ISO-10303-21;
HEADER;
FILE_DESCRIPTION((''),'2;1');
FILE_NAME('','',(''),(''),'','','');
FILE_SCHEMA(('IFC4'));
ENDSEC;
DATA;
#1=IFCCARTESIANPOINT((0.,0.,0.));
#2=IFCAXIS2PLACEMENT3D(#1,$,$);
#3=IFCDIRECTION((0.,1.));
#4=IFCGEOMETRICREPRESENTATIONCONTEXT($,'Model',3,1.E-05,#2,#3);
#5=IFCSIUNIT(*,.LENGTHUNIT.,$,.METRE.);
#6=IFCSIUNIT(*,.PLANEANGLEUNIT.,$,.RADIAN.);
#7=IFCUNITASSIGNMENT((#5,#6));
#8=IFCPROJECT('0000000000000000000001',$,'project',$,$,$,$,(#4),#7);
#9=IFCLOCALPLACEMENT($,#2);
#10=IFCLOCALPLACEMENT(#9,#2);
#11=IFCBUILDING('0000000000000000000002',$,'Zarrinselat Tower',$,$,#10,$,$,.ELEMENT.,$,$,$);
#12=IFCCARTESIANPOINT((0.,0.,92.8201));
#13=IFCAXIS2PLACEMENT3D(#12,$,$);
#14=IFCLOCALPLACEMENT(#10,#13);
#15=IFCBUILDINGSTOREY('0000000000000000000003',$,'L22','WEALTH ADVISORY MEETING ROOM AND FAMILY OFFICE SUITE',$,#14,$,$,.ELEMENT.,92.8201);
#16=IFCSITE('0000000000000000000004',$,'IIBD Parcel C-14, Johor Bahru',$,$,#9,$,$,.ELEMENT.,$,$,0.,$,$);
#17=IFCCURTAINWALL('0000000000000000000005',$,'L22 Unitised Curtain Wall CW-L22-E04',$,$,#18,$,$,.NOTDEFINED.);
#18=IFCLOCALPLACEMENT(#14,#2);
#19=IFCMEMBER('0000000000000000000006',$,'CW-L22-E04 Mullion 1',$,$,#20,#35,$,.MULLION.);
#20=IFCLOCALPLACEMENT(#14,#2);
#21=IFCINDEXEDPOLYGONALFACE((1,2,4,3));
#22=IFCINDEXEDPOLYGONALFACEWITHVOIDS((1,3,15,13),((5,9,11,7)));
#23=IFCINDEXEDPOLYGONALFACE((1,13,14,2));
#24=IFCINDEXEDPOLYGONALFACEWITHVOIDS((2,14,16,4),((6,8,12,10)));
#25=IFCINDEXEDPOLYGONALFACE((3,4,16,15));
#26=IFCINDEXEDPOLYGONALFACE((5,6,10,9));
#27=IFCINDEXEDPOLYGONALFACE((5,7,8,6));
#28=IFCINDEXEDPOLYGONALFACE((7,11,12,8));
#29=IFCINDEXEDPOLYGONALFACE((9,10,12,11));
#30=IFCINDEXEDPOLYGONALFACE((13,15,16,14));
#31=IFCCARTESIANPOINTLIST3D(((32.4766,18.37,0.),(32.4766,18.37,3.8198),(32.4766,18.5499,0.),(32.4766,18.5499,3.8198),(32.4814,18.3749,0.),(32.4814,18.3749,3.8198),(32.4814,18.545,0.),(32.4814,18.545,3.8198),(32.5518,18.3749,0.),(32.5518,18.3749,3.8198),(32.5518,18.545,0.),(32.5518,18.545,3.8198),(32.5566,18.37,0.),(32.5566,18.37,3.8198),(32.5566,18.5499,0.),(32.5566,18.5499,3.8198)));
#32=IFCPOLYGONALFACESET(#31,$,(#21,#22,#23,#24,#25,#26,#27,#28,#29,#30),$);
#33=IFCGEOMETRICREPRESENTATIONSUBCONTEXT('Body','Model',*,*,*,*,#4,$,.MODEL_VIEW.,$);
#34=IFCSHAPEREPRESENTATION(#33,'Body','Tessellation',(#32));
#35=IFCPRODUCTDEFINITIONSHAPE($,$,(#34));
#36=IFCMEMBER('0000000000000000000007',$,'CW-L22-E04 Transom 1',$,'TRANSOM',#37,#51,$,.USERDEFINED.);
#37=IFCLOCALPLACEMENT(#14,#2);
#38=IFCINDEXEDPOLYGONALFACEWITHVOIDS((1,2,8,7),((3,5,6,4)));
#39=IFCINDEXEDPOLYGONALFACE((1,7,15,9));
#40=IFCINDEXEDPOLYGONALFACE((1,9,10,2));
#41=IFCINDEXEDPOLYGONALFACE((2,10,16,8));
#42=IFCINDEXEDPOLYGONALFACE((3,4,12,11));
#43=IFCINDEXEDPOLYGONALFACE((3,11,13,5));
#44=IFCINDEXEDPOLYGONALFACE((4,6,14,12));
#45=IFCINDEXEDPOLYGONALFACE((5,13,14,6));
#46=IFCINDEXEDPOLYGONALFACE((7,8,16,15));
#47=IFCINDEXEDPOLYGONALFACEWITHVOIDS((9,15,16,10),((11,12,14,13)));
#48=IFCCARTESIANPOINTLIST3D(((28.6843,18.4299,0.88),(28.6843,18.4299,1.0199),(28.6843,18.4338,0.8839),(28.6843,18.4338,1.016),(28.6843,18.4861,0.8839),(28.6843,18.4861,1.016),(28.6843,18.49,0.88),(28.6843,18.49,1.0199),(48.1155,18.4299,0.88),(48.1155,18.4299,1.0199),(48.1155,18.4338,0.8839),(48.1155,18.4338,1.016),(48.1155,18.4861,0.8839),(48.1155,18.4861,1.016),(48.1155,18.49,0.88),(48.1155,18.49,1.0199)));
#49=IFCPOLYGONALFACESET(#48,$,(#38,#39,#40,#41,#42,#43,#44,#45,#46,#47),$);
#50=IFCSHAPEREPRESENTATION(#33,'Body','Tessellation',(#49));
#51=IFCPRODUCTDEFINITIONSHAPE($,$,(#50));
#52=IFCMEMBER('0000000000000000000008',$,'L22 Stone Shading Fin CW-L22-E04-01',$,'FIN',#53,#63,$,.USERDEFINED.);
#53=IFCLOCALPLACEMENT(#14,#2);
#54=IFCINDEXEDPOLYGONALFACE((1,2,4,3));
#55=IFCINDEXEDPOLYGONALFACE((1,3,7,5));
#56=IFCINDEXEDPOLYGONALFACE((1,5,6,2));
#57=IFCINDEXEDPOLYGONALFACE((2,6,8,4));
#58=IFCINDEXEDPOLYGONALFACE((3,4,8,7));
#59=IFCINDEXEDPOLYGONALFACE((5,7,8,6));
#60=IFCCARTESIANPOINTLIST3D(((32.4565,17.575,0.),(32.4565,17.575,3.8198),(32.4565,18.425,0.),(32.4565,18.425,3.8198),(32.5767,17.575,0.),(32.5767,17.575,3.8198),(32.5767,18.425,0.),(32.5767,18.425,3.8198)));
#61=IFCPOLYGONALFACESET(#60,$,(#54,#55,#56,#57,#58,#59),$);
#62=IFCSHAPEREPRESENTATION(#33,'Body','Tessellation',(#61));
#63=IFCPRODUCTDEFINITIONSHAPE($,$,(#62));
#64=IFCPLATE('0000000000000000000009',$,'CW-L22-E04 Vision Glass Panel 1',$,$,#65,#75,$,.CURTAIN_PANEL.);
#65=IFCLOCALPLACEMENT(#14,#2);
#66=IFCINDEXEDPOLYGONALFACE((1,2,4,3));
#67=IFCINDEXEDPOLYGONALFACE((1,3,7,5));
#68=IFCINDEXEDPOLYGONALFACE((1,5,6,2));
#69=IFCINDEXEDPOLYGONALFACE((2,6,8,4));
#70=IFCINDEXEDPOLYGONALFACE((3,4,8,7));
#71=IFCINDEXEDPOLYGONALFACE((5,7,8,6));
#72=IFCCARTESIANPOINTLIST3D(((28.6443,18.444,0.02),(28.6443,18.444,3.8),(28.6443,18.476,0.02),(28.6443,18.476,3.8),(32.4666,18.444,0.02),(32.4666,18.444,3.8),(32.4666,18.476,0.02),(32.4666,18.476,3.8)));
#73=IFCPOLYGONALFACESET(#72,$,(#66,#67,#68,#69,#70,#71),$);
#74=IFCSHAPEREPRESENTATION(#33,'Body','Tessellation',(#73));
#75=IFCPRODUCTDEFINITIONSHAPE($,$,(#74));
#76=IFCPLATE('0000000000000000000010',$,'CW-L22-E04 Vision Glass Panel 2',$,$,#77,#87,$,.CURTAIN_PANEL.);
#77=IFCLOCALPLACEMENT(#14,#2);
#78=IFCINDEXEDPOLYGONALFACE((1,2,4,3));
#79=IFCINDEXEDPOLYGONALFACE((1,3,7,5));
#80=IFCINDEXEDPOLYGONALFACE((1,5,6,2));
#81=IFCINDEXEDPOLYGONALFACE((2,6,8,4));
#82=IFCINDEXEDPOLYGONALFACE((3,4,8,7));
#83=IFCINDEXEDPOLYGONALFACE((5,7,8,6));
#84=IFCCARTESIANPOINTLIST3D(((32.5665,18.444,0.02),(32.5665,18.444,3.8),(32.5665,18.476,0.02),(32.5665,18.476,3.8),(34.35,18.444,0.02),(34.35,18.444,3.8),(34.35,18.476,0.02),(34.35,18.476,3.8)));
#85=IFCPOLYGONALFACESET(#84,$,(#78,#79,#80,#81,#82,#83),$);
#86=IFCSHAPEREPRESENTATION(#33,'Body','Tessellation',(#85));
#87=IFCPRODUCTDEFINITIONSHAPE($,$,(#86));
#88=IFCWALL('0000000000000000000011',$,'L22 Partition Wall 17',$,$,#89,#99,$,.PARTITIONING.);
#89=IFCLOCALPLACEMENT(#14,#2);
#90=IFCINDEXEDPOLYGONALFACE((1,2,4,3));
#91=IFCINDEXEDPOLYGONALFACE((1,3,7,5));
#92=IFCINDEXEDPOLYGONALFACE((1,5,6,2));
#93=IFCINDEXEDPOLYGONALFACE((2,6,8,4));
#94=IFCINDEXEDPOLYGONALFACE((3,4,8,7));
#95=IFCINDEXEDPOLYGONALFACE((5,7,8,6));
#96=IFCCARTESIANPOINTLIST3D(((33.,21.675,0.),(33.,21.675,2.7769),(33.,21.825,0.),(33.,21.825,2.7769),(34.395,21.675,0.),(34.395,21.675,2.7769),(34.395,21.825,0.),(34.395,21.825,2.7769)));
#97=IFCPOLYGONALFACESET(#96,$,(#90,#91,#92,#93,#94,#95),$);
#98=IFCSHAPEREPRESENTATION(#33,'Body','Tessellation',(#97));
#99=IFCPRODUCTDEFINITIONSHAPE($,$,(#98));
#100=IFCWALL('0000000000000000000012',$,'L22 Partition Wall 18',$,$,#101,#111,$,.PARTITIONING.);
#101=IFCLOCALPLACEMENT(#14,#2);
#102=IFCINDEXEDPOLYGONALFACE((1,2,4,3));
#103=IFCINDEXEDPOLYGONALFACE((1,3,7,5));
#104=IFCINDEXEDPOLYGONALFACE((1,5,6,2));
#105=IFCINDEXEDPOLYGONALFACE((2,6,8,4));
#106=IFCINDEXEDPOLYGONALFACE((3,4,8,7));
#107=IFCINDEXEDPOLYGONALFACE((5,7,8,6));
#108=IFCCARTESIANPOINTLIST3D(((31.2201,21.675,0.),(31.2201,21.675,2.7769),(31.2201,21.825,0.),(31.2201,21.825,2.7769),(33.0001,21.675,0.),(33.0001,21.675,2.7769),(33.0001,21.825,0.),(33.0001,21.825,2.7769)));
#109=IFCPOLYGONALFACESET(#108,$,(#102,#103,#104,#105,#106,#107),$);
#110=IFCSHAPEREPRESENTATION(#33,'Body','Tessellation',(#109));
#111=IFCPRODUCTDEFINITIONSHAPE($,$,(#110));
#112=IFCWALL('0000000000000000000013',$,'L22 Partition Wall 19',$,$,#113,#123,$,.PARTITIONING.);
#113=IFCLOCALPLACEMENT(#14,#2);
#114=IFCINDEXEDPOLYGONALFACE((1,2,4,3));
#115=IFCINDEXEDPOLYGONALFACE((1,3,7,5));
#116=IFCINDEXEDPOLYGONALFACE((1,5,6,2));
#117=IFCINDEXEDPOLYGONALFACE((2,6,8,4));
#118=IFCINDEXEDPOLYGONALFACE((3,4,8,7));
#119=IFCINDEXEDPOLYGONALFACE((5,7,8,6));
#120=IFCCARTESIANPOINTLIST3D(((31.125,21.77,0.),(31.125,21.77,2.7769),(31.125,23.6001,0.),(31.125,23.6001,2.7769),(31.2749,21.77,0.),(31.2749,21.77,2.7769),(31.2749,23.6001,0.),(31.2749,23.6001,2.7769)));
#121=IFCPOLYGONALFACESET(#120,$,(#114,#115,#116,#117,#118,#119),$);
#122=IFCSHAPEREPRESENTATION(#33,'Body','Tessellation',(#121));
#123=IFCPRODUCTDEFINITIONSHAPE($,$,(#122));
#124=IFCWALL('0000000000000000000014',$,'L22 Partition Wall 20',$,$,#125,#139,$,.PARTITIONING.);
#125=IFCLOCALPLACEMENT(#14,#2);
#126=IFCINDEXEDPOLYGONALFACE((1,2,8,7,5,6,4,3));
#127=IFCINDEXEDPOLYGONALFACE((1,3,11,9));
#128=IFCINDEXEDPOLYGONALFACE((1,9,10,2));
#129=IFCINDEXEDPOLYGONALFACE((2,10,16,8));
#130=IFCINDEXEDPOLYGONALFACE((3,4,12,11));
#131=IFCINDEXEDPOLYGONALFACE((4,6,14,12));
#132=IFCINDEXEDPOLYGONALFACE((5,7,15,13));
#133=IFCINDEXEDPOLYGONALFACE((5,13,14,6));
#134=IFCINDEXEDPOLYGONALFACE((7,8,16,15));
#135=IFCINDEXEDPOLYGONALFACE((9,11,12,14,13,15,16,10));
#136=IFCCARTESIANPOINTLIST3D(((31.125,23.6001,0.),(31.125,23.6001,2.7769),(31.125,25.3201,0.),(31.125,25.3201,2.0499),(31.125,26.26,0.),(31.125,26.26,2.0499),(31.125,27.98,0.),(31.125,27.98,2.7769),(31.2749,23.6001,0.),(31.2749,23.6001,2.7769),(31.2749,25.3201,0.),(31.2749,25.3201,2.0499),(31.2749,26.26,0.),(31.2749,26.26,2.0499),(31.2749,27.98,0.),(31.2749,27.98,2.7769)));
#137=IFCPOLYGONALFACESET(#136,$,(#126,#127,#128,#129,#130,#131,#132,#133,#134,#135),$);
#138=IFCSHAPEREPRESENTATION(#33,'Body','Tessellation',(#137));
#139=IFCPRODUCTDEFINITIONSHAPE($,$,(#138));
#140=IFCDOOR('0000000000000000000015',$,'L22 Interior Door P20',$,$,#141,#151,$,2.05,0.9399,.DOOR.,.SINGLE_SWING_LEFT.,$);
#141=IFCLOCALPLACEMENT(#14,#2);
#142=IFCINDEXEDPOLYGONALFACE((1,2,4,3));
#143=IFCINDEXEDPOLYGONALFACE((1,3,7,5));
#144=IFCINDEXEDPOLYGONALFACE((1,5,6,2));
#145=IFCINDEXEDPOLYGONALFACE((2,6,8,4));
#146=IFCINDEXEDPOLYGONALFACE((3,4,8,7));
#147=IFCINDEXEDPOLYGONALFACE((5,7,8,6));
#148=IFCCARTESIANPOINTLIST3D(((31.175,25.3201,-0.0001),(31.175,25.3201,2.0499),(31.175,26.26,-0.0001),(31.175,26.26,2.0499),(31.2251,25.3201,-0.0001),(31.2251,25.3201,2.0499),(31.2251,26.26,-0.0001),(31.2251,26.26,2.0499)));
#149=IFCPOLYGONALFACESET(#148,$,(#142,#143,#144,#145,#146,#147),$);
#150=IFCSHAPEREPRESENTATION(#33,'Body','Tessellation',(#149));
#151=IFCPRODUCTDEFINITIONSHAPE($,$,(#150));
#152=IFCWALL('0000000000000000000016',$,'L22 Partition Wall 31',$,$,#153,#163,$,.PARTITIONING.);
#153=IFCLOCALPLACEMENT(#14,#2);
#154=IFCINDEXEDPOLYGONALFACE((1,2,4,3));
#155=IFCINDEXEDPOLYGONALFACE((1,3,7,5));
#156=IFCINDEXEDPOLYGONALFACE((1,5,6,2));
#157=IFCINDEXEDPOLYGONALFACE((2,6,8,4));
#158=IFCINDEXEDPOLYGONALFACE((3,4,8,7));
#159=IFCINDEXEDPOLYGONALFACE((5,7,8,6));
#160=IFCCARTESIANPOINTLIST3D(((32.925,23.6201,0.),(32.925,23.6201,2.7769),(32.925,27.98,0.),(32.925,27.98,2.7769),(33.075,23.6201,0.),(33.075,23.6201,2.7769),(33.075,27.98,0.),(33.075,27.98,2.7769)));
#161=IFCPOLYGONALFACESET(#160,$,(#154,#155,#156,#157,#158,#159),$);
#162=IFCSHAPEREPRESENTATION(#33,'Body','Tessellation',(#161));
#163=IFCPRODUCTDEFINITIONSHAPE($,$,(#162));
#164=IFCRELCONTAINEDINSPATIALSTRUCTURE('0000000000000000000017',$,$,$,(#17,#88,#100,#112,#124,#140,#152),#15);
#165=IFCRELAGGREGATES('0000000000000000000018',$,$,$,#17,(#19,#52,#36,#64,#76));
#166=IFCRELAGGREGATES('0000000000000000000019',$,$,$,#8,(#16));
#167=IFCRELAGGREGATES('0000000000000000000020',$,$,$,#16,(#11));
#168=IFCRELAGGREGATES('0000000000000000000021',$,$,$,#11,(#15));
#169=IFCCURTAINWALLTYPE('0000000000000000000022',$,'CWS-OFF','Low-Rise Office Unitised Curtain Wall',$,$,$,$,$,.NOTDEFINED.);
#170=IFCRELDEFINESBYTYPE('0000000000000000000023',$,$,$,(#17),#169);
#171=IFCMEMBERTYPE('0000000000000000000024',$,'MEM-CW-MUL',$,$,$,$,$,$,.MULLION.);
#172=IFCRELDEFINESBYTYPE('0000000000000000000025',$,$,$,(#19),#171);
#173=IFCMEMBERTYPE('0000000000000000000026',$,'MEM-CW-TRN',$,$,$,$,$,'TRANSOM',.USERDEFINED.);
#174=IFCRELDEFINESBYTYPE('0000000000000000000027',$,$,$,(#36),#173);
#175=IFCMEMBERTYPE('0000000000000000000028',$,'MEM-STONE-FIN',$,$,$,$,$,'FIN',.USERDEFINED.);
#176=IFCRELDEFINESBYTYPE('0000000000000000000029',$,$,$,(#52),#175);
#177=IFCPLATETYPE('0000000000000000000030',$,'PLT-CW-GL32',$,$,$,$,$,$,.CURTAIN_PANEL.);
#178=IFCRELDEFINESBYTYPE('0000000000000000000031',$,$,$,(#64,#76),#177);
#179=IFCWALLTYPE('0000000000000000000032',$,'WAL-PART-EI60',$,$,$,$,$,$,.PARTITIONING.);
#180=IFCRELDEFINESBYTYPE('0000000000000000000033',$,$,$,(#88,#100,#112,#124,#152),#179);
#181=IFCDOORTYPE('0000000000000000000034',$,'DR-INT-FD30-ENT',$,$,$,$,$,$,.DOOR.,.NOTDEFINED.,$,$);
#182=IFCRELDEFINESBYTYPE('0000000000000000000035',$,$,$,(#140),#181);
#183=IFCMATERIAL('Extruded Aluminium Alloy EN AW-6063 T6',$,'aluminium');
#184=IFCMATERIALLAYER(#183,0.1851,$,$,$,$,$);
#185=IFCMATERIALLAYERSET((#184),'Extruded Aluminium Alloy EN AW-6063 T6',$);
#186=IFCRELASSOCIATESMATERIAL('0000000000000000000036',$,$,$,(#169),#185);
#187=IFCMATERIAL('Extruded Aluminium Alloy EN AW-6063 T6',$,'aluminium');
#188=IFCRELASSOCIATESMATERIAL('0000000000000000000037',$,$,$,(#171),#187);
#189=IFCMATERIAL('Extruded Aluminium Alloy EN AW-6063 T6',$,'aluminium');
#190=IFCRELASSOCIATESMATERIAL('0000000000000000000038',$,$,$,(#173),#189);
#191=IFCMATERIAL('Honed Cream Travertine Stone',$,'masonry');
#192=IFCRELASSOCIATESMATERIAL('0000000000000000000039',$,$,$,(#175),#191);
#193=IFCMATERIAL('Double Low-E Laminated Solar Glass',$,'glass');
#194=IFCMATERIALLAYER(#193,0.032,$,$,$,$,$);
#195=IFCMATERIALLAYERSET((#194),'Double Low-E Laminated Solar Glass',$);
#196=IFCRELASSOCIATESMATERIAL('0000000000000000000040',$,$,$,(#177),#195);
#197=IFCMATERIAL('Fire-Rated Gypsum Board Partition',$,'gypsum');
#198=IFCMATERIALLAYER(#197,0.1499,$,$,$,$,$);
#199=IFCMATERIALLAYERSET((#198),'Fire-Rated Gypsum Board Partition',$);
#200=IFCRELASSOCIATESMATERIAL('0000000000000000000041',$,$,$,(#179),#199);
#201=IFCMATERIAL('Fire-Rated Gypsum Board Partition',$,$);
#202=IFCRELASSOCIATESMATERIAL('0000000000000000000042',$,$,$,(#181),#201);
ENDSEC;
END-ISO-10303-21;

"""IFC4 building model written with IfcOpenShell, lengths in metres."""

from ifc_helpers import new_model, si_unit, direction, frame, frame_2d, origin, origin_2d, place, context, subcontext, project, spatial, rectangle, hollow_rectangle, extrude, material, layer, layer_set, material_profile, profile_set, type_object, element, fill, aggregate, save


model = new_model("IFC4")

# Units and contexts
model_context = context("Model", 3, precision=1e-05, world=origin(), true_north=direction((0.0, 1.0)))
body_context = subcontext(model_context, "Body", "Model", "MODEL_VIEW")
ifc_project = project(units=[si_unit("LENGTHUNIT", "METRE"), si_unit("PLANEANGLEUNIT", "RADIAN")], contexts=[model_context])

# Site, building, storey
site_placement = place(None, origin())
site = spatial("IfcSite", under=ifc_project, at=site_placement, Name="IIBD Parcel C-14, Johor Bahru", CompositionType="ELEMENT", RefElevation=0.0)
building_placement = place(site_placement, origin())
building = spatial("IfcBuilding", under=site, at=building_placement, Name="Zarrinselat Tower", CompositionType="ELEMENT")
storey_placement = place(building_placement, frame((0.0, 0.0, 92.8201)))
storey = spatial("IfcBuildingStorey", under=building, at=storey_placement, Name="L22", Description="WEALTH ADVISORY MEETING ROOM AND FAMILY OFFICE SUITE", CompositionType="ELEMENT", Elevation=92.8201)

# Shared definitions
ifc_material_1 = material(Name="Extruded Aluminium Alloy EN AW-6063 T6", Category="aluminium")
ifc_layer_1 = layer(ifc_material_1, 0.1851)
ifc_layer_set_1 = layer_set([ifc_layer_1], Name="Extruded Aluminium Alloy EN AW-6063 T6")
curtain_wall_type = type_object("IfcCurtainWallType", Name="CWS-OFF", Description="Low-Rise Office Unitised Curtain Wall", PredefinedType="NOTDEFINED", material=ifc_layer_set_1)
ifc_material_2 = material(Name="Extruded Aluminium Alloy EN AW-6063 T6", Category="aluminium")
ifc_material_profile_1 = material_profile(ifc_material_2, hollow_rectangle(XDim=0.0801, YDim=0.1799, WallThickness=0.0049, at=origin_2d()), Name="RHS 180x80x5")
ifc_profile_set_1 = profile_set([ifc_material_profile_1], Name="Extruded Aluminium Alloy EN AW-6063 T6")
member_type_1 = type_object("IfcMemberType", Name="MEM-CW-MUL", PredefinedType="MULLION", material=ifc_profile_set_1)

# Curtain wall, members, plates
curtain_wall_1_placement = place(storey_placement, origin())
curtain_wall_1 = element("IfcCurtainWall", 1, at=curtain_wall_1_placement, inside=storey, type_object=curtain_wall_type, Name="L22 Unitised Curtain Wall CW-L22-E04", PredefinedType="NOTDEFINED")
member_1_placement = place(storey_placement, frame((32.5166, 18.46, 0.0), z_axis=(0.0, 0.0, 1.0), x_axis=(1.0, 0.0, 0.0)))
member_1 = element("IfcMember", 2, at=member_1_placement, type_object=member_type_1, Name="CW-L22-E04 Mullion 1", PredefinedType="MULLION", context=body_context, shape_type="SweptSolid", body=[
    extrude(hollow_rectangle(XDim=0.0801, YDim=0.1799, WallThickness=0.0049, at=origin_2d()), origin(), (0.0, 0.0, 1.0), 3.8198),
])
ifc_material_3 = material(Name="Extruded Aluminium Alloy EN AW-6063 T6", Category="aluminium")
ifc_material_profile_2 = material_profile(ifc_material_3, hollow_rectangle(XDim=0.0601, YDim=0.1399, WallThickness=0.0039, at=origin_2d()), Name="RHS 140x60x4")
ifc_profile_set_2 = profile_set([ifc_material_profile_2], Name="Extruded Aluminium Alloy EN AW-6063 T6")
member_type_2 = type_object("IfcMemberType", Name="MEM-CW-TRN", ElementType="TRANSOM", PredefinedType="USERDEFINED", material=ifc_profile_set_2)
member_2_placement = place(storey_placement, frame((28.6843, 18.46, 0.95), z_axis=(1.0, 0.0, 0.0), x_axis=(0.0, 1.0, 0.0)))
member_2 = element("IfcMember", 3, at=member_2_placement, type_object=member_type_2, Name="CW-L22-E04 Transom 1", ObjectType="TRANSOM", PredefinedType="USERDEFINED", context=body_context, shape_type="SweptSolid", body=[
    extrude(hollow_rectangle(XDim=0.0601, YDim=0.1399, WallThickness=0.0039, at=origin_2d()), origin(), (0.0, 0.0, 1.0), 19.4312),
])
ifc_material_4 = material(Name="Honed Cream Travertine Stone", Category="masonry")
ifc_material_profile_3 = material_profile(ifc_material_4, rectangle(XDim=0.1201, YDim=0.8501, at=origin_2d()), Name="FIN 850x120")
ifc_profile_set_3 = profile_set([ifc_material_profile_3], Name="Honed Cream Travertine Stone")
member_type_3 = type_object("IfcMemberType", Name="MEM-STONE-FIN", ElementType="FIN", PredefinedType="USERDEFINED", material=ifc_profile_set_3)
member_3_placement = place(storey_placement, frame((32.5166, 18.0, 0.0), z_axis=(0.0, 0.0, 1.0), x_axis=(-1.0, 0.0, 0.0)))
member_3 = element("IfcMember", 4, at=member_3_placement, type_object=member_type_3, Name="L22 Stone Shading Fin CW-L22-E04-01", ObjectType="FIN", PredefinedType="USERDEFINED", context=body_context, shape_type="SweptSolid", body=[
    extrude(rectangle(XDim=0.1201, YDim=0.8501, at=origin_2d()), origin(), (0.0, 0.0, 1.0), 3.8198),
])
ifc_material_5 = material(Name="Double Low-E Laminated Solar Glass", Category="glass")
ifc_layer_2 = layer(ifc_material_5, 0.032)
ifc_layer_set_2 = layer_set([ifc_layer_2], Name="Double Low-E Laminated Solar Glass")
plate_type = type_object("IfcPlateType", Name="PLT-CW-GL32", PredefinedType="CURTAIN_PANEL", material=ifc_layer_set_2)
plate_1_placement = place(storey_placement, frame((30.5554, 18.46, 0.02), z_axis=(0.0, 0.0, 1.0), x_axis=(1.0, 0.0, 0.0)))
plate_1 = element("IfcPlate", 5, at=plate_1_placement, type_object=plate_type, Name="CW-L22-E04 Vision Glass Panel 1", PredefinedType="CURTAIN_PANEL", context=body_context, shape_type="SweptSolid", body=[
    extrude(rectangle(XDim=3.8223, YDim=0.032, at=origin_2d()), origin(), (0.0, 0.0, 1.0), 3.78),
])
plate_2_placement = place(storey_placement, frame((33.4583, 18.46, 0.02), z_axis=(0.0, 0.0, 1.0), x_axis=(1.0, 0.0, 0.0)))
plate_2 = element("IfcPlate", 6, at=plate_2_placement, type_object=plate_type, Name="CW-L22-E04 Vision Glass Panel 2", PredefinedType="CURTAIN_PANEL", context=body_context, shape_type="SweptSolid", body=[
    extrude(rectangle(XDim=1.7834, YDim=0.032, at=origin_2d()), origin(), (0.0, 0.0, 1.0), 3.78),
])
aggregate(curtain_wall_1, [member_1, member_3, member_2, plate_1, plate_2])

# Walls
ifc_material_6 = material(Name="Fire-Rated Gypsum Board Partition", Category="gypsum")
ifc_layer_3 = layer(ifc_material_6, 0.1499)
ifc_layer_set_3 = layer_set([ifc_layer_3], Name="Fire-Rated Gypsum Board Partition")
wall_type = type_object("IfcWallType", Name="WAL-PART-EI60", PredefinedType="PARTITIONING", material=ifc_layer_set_3)
wall_1_placement = place(storey_placement, frame((33.0, 21.75, 0.0), z_axis=(0.0, 0.0, 1.0), x_axis=(1.0, 0.0, 0.0)))
element("IfcWall", 7, at=wall_1_placement, inside=storey, type_object=wall_type, Name="L22 Partition Wall 17", PredefinedType="PARTITIONING", context=body_context, shape_type="SweptSolid", body=[
    extrude(rectangle(XDim=1.395, YDim=0.1499, at=frame_2d((0.6975, 0.0))), origin(), (0.0, 0.0, 1.0), 2.7769),
])
wall_2_placement = place(storey_placement, frame((31.22, 21.75, 0.0), z_axis=(0.0, 0.0, 1.0), x_axis=(1.0, 0.0, 0.0)))
element("IfcWall", 8, at=wall_2_placement, inside=storey, type_object=wall_type, Name="L22 Partition Wall 18", PredefinedType="PARTITIONING", context=body_context, shape_type="SweptSolid", body=[
    extrude(rectangle(XDim=1.78, YDim=0.1499, at=frame_2d((0.8901, 0.0))), origin(), (0.0, 0.0, 1.0), 2.7769),
])
wall_3_placement = place(storey_placement, frame((31.2, 21.77, 0.0), z_axis=(0.0, 0.0, 1.0), x_axis=(0.0, 1.0, 0.0)))
element("IfcWall", 9, at=wall_3_placement, inside=storey, type_object=wall_type, Name="L22 Partition Wall 19", PredefinedType="PARTITIONING", context=body_context, shape_type="SweptSolid", body=[
    extrude(rectangle(XDim=1.8301, YDim=0.1499, at=frame_2d((0.915, 0.0))), origin(), (0.0, 0.0, 1.0), 2.7769),
])

# Wall, opening, door
wall_4_placement = place(storey_placement, frame((31.2, 23.6001, 0.0), z_axis=(0.0, 0.0, 1.0), x_axis=(0.0, 1.0, 0.0)))
wall_4 = element("IfcWall", 10, at=wall_4_placement, inside=storey, type_object=wall_type, Name="L22 Partition Wall 20", PredefinedType="PARTITIONING", context=body_context, shape_type="SweptSolid", body=[
    extrude(rectangle(XDim=4.3799, YDim=0.1499, at=frame_2d((2.1899, 0.0))), origin(), (0.0, 0.0, 1.0), 2.7769),
])
opening_1_placement = place(wall_4_placement, frame((1.72, 0.0, 0.0)))
opening_1 = element("IfcOpeningElement", 11, at=opening_1_placement, cuts=wall_4, PredefinedType="OPENING", context=body_context, shape_type="SweptSolid", body=[
    extrude(rectangle(XDim=0.9399, YDim=2.05, at=frame_2d((0.47, 1.0249))), frame((0.0, 0.085, 0.0), z_axis=(0.0, -1.0, 0.0), x_axis=(1.0, 0.0, 0.0)), (0.0, 0.0, 1.0), 0.1699),
])
ifc_material_7 = material(Name="Fire-Rated Gypsum Board Partition")
door_type = type_object("IfcDoorType", Name="DR-INT-FD30-ENT", OperationType="NOTDEFINED", PredefinedType="DOOR", material=ifc_material_7)
door_1_placement = place(opening_1_placement, origin())
door_1 = element("IfcDoor", 12, at=door_1_placement, inside=storey, type_object=door_type, Name="L22 Interior Door P20", OperationType="SINGLE_SWING_LEFT", OverallHeight=2.05, OverallWidth=0.9399, PredefinedType="DOOR", context=body_context, shape_type="SweptSolid", body=[
    extrude(rectangle(XDim=0.9399, YDim=2.05, at=frame_2d((0.47, 1.0249))), frame((0.0, 0.0249, 0.0), z_axis=(0.0, -1.0, 0.0), x_axis=(1.0, 0.0, 0.0)), (0.0, 0.0, 1.0), 0.05),
])
fill(opening_1, door_1)

# Wall
wall_5_placement = place(storey_placement, frame((33.0, 23.6201, 0.0), z_axis=(0.0, 0.0, 1.0), x_axis=(0.0, 1.0, 0.0)))
element("IfcWall", 13, at=wall_5_placement, inside=storey, type_object=wall_type, Name="L22 Partition Wall 31", PredefinedType="PARTITIONING", context=body_context, shape_type="SweptSolid", body=[
    extrude(rectangle(XDim=4.3599, YDim=0.1499, at=frame_2d((2.1799, 0.0))), origin(), (0.0, 0.0, 1.0), 2.7769),
])

save(model, "model.ifc")
